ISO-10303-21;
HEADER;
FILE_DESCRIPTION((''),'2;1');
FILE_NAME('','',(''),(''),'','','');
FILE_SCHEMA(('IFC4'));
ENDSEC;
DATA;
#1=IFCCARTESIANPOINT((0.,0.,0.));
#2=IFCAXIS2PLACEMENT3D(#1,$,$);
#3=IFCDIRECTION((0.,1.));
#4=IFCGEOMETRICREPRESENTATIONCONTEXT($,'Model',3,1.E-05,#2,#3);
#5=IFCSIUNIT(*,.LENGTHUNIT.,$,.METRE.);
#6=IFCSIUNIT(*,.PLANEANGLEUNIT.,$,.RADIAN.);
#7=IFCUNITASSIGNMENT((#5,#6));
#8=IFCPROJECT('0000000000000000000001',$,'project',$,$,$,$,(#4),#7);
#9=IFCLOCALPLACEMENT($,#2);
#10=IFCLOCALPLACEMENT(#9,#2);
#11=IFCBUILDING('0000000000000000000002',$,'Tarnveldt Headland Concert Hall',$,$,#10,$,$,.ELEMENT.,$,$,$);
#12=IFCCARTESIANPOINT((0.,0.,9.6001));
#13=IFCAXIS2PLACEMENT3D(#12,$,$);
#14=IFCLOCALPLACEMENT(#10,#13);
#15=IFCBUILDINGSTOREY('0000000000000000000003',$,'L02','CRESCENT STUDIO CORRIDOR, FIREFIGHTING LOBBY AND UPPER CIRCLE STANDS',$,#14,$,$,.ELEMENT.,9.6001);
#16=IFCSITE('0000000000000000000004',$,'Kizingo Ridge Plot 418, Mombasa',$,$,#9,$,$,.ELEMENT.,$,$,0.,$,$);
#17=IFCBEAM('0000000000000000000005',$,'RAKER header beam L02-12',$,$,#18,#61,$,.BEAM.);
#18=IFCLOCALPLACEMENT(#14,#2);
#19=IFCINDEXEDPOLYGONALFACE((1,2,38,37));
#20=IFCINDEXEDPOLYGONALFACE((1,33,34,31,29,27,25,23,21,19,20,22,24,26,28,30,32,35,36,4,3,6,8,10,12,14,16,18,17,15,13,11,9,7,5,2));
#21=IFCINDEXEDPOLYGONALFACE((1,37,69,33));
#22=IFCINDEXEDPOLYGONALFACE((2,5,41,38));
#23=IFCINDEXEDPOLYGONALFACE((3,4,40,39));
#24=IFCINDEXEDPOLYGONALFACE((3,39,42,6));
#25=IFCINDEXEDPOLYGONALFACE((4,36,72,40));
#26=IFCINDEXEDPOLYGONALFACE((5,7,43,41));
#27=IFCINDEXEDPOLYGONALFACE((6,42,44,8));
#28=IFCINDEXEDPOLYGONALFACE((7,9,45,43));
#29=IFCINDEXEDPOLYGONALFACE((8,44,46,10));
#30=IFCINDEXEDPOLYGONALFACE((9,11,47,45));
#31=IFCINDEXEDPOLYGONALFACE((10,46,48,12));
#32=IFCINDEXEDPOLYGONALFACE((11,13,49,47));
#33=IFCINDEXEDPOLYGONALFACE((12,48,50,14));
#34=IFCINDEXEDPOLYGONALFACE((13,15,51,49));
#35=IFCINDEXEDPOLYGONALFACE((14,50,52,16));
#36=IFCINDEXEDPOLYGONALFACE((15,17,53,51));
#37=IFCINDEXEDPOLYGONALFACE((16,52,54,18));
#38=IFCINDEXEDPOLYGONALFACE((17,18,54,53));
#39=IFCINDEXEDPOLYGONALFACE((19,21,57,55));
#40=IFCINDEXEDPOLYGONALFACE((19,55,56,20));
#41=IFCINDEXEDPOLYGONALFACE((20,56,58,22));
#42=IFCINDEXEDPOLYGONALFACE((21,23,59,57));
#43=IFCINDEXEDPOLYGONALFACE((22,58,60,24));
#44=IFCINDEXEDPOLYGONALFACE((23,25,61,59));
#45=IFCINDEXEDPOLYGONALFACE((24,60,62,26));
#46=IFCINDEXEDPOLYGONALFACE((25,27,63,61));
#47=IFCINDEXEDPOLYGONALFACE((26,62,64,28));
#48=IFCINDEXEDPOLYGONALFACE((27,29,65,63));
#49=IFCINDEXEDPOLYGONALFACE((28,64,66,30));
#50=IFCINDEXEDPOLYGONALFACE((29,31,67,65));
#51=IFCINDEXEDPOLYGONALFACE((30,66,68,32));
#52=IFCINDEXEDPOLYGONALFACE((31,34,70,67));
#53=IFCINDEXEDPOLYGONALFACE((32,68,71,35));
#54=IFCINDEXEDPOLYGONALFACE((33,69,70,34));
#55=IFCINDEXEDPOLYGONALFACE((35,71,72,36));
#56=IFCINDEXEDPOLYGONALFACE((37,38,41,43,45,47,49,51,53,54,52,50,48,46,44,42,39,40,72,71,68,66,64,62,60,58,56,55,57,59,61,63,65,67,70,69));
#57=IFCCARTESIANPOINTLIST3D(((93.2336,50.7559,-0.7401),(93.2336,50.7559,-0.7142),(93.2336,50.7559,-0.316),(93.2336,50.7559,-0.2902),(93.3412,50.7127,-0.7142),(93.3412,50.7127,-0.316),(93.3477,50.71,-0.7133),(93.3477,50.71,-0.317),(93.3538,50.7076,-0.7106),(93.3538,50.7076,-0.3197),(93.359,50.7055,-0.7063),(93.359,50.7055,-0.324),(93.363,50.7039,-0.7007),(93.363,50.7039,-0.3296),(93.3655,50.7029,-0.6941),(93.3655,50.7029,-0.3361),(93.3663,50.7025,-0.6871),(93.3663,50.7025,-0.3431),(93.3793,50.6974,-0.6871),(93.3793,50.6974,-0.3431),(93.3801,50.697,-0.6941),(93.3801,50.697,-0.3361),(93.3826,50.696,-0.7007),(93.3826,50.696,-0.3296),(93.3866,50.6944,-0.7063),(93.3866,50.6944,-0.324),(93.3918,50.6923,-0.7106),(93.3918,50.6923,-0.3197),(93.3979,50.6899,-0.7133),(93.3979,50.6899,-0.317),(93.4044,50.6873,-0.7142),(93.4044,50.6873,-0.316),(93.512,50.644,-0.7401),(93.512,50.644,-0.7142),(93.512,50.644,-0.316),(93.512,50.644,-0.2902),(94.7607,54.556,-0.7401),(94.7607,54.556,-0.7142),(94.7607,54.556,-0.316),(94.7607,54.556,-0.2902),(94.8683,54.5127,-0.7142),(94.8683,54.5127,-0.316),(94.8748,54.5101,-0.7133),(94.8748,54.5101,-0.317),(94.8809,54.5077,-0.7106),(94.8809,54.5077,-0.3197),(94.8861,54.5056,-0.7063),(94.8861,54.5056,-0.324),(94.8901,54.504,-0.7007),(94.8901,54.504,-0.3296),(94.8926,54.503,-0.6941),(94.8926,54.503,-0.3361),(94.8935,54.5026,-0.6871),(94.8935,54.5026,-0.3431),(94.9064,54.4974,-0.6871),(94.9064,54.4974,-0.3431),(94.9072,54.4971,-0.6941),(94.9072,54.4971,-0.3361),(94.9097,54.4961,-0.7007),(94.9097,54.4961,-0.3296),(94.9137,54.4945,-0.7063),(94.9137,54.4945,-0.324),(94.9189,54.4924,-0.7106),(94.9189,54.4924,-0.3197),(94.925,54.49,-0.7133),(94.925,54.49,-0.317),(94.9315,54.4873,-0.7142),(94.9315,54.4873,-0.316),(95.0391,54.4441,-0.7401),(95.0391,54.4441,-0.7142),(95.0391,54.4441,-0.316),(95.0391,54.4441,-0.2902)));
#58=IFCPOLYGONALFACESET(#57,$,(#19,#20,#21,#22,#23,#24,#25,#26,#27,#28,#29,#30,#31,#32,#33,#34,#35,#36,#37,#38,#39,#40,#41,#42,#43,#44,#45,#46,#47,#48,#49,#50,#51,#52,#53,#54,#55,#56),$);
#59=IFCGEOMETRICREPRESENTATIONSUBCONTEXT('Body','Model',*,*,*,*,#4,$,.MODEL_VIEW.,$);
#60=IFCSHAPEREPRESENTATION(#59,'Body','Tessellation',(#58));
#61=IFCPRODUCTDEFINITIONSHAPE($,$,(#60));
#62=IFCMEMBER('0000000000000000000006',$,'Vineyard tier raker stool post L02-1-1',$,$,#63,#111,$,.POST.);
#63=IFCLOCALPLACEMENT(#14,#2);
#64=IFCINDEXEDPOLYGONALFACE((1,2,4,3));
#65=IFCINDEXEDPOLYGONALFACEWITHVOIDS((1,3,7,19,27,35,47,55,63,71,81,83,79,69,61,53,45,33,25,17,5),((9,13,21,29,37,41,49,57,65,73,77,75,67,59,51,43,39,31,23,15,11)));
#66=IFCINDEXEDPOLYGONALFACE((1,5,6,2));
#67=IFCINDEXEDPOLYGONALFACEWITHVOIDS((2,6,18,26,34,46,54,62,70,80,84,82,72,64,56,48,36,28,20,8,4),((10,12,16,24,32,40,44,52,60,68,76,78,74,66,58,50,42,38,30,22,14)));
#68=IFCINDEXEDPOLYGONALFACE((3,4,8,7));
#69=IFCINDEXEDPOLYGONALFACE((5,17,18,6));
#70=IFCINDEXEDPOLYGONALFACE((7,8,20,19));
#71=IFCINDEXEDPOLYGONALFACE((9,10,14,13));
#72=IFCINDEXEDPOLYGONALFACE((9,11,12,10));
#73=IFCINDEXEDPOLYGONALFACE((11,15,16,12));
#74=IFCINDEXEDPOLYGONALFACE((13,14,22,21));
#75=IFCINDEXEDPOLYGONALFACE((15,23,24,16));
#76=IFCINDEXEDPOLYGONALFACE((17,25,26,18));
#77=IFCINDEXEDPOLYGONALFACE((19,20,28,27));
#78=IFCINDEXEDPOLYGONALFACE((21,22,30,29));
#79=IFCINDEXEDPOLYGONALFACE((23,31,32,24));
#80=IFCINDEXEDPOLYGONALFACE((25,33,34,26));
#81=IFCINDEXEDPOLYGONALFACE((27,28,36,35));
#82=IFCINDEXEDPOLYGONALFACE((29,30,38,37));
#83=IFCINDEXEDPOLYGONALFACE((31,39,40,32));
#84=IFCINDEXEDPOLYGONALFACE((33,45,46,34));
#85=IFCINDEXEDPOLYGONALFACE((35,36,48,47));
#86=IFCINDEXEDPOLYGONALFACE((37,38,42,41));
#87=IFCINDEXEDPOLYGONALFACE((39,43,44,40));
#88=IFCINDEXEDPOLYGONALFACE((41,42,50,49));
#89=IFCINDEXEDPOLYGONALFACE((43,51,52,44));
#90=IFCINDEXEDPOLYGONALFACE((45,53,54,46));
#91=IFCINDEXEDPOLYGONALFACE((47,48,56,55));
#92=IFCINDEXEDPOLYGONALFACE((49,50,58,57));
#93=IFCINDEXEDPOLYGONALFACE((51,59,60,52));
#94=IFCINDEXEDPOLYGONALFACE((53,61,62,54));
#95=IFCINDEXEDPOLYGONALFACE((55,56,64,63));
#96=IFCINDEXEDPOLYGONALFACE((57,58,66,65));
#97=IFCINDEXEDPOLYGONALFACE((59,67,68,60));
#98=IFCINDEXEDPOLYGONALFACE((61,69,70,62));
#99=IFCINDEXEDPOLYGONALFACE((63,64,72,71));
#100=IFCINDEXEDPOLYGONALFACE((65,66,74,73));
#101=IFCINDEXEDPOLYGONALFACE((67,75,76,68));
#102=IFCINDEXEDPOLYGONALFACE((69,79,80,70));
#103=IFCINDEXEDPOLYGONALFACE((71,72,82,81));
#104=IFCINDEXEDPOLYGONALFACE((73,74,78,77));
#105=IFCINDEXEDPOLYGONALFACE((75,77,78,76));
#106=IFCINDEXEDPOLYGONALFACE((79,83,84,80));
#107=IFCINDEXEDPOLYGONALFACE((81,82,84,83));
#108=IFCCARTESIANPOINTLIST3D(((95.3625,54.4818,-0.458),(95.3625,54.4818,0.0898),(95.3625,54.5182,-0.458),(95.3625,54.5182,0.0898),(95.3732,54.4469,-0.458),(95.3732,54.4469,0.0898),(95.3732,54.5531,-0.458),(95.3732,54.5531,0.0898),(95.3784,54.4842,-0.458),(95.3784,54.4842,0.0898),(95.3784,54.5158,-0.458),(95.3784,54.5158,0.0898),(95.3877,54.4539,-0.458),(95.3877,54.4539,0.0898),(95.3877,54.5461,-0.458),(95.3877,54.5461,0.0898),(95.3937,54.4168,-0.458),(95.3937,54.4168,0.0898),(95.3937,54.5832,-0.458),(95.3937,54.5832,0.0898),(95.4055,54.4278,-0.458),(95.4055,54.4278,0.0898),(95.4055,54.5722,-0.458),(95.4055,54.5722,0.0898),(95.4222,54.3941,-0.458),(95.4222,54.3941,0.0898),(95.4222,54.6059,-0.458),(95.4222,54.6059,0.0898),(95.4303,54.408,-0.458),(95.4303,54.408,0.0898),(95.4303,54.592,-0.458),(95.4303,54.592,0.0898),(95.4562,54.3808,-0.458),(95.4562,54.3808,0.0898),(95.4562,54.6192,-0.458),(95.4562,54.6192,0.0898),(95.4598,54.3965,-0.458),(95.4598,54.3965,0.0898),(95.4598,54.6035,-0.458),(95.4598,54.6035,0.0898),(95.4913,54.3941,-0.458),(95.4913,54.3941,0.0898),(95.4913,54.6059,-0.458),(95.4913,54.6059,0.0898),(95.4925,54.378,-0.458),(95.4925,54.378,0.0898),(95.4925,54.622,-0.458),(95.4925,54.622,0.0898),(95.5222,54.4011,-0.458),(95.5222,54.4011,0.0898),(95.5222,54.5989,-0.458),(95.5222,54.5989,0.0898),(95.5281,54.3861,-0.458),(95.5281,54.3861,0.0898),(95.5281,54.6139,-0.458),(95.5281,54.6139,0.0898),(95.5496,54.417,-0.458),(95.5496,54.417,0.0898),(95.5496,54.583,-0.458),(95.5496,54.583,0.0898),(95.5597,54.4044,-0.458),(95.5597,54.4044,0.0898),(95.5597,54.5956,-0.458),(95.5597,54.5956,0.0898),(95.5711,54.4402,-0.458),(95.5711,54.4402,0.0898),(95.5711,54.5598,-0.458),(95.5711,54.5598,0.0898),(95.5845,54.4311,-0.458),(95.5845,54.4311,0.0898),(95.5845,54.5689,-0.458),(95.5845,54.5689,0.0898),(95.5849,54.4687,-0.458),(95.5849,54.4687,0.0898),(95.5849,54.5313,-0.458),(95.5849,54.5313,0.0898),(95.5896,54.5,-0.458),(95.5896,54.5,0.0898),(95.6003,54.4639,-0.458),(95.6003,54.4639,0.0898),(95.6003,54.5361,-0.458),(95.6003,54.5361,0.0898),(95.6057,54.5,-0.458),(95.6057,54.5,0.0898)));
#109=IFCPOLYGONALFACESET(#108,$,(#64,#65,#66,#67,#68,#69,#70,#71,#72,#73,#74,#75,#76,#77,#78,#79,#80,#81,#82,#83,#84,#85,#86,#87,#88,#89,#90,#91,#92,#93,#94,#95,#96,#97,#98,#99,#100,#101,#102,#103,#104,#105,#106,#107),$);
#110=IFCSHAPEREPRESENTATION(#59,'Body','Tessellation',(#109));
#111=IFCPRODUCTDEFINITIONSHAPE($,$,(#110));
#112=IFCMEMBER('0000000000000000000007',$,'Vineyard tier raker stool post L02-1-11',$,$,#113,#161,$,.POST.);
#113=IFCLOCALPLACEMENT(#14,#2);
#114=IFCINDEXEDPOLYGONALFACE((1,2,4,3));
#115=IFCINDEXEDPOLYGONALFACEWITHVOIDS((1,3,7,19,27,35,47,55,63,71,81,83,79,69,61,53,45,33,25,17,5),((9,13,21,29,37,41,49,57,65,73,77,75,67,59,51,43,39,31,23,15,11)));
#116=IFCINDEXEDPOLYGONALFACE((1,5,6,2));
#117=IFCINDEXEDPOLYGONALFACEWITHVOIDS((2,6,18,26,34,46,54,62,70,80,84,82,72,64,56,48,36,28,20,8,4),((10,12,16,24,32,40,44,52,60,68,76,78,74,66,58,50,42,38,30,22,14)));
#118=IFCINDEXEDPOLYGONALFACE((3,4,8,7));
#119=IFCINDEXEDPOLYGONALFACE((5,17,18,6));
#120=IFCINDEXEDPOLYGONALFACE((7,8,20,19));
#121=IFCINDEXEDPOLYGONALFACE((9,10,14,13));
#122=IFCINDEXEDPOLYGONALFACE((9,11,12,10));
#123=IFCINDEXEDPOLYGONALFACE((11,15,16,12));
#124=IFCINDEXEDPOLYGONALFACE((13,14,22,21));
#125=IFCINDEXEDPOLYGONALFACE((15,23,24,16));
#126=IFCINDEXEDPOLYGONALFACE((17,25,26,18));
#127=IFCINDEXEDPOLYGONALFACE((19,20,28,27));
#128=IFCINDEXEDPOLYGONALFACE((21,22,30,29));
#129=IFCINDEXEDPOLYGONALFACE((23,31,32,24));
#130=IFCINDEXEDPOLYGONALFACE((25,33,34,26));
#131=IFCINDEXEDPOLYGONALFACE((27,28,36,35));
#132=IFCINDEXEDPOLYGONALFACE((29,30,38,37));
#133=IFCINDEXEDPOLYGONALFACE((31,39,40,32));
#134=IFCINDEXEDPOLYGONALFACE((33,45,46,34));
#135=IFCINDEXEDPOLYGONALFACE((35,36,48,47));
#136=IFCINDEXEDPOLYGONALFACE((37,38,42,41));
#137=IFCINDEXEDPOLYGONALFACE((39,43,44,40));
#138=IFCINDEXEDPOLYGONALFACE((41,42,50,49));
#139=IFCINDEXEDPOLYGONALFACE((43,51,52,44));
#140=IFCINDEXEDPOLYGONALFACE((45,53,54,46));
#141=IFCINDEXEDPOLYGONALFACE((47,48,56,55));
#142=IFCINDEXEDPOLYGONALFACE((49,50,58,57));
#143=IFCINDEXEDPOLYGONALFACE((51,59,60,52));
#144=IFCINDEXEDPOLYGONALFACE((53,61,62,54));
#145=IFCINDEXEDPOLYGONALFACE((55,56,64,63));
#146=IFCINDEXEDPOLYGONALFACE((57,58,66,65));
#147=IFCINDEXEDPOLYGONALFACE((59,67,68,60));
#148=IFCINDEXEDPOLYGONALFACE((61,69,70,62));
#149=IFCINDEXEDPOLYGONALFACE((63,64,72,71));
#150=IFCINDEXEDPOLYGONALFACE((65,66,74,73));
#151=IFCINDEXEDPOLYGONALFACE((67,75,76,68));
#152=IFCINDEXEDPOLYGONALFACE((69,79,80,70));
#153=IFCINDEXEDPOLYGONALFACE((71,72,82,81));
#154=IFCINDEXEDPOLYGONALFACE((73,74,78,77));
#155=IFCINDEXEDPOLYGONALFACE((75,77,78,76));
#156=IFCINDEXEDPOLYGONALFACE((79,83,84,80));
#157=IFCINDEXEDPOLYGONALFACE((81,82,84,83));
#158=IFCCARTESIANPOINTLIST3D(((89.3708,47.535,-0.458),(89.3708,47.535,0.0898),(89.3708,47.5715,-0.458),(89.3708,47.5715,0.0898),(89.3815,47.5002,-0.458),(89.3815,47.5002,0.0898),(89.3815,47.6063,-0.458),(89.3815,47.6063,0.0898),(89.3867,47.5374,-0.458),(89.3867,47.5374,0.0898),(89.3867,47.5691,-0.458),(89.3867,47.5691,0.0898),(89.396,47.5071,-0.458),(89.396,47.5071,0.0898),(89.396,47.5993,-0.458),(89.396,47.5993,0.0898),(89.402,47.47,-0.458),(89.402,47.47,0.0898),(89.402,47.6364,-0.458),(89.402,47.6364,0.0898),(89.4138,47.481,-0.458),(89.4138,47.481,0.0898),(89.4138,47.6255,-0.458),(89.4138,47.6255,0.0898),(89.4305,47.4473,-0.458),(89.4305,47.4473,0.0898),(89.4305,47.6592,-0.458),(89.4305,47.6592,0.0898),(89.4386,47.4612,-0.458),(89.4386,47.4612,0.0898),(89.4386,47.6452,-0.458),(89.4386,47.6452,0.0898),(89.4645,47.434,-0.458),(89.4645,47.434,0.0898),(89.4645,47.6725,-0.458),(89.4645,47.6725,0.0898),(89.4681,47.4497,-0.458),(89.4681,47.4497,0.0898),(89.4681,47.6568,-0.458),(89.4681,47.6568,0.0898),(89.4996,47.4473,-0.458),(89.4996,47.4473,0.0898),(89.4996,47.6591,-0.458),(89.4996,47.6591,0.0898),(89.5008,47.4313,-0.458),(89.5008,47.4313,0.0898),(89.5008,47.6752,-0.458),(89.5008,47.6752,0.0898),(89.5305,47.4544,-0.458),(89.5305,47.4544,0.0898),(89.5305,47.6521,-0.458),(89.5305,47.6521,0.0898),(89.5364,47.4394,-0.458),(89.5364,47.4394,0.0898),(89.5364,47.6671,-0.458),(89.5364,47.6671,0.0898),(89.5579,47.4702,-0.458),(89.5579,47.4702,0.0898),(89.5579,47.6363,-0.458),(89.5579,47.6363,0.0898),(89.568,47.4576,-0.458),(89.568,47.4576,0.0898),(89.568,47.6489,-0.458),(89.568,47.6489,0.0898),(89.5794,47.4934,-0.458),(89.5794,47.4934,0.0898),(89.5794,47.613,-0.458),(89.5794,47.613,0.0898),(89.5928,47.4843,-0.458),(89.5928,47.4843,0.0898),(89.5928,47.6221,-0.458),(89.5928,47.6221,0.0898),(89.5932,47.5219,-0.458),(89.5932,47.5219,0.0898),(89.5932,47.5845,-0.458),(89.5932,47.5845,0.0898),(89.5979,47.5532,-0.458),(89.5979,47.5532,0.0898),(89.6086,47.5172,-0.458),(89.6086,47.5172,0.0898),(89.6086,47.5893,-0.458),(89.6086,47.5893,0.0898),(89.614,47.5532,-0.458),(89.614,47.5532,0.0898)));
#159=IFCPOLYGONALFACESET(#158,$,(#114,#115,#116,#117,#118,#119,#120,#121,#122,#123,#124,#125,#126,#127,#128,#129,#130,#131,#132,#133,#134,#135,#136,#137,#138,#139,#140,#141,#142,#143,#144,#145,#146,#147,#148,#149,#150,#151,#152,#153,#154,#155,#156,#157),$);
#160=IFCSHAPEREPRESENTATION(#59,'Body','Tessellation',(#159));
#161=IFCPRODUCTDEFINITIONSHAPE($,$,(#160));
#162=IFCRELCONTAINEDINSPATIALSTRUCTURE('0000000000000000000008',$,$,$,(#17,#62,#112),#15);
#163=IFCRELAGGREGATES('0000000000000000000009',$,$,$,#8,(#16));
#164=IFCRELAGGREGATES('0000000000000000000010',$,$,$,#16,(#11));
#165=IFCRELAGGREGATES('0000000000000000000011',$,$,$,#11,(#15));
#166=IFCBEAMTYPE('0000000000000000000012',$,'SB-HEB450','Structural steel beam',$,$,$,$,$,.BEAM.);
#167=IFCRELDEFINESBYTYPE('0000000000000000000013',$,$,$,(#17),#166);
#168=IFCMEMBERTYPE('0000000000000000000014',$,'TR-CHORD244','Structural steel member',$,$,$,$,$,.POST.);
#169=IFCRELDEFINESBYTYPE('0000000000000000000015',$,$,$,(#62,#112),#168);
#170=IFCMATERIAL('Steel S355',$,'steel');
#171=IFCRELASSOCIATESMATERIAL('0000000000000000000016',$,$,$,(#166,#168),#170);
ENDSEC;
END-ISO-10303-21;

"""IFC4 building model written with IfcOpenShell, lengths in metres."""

from ifc_helpers import new_model, si_unit, direction, frame, origin, origin_2d, place, context, subcontext, project, spatial, hollow_circle, i_section, extrude, material, material_profile, profile_set, type_object, element, save


model = new_model("IFC4")

# Units and contexts
model_context = context("Model", 3, precision=1e-05, world=origin(), true_north=direction((0.0, 1.0)))
body_context = subcontext(model_context, "Body", "Model", "MODEL_VIEW")
ifc_project = project(units=[si_unit("LENGTHUNIT", "METRE"), si_unit("PLANEANGLEUNIT", "RADIAN")], contexts=[model_context])

# Site, building, storey
site_placement = place(None, origin())
site = spatial("IfcSite", under=ifc_project, at=site_placement, Name="Kizingo Ridge Plot 418, Mombasa", CompositionType="ELEMENT", RefElevation=0.0)
building_placement = place(site_placement, origin())
building = spatial("IfcBuilding", under=site, at=building_placement, Name="Tarnveldt Headland Concert Hall", CompositionType="ELEMENT")
storey_placement = place(building_placement, frame((0.0, 0.0, 9.6001)))
storey = spatial("IfcBuildingStorey", under=building, at=storey_placement, Name="L02", Description="CRESCENT STUDIO CORRIDOR, FIREFIGHTING LOBBY AND UPPER CIRCLE STANDS", CompositionType="ELEMENT", Elevation=9.6001)

# Shared definitions
ifc_material_1 = material(Name="Steel S355", Category="steel")

# Beam
ifc_material_profile_1 = material_profile(ifc_material_1, i_section(OverallWidth=0.3, OverallDepth=0.45, WebThickness=0.0139, FlangeThickness=0.0259, FilletRadius=0.0271, at=origin_2d()), Name="HEB450", Category="steel")
ifc_profile_set_1 = profile_set([ifc_material_profile_1], Name="Steel S355")
beam_type = type_object("IfcBeamType", Name="SB-HEB450", Description="Structural steel beam", PredefinedType="BEAM", material=ifc_profile_set_1)
beam_1_placement = place(storey_placement, frame((93.3728, 50.7, -0.5151), z_axis=(0.372881, 0.927879, 0.0), x_axis=(-0.927879, 0.372881, 0.0)))
element("IfcBeam", 1, at=beam_1_placement, inside=storey, type_object=beam_type, Name="RAKER header beam L02-12", PredefinedType="BEAM", context=body_context, shape_type="SweptSolid", body=[
    extrude(i_section(OverallWidth=0.3, OverallDepth=0.45, WebThickness=0.0139, FlangeThickness=0.0259, FilletRadius=0.0271, at=origin_2d()), origin(), (0.0, 0.0, 1.0), 4.0955),
])

# Members
ifc_material_profile_2 = material_profile(ifc_material_1, hollow_circle(Radius=0.1223, WallThickness=0.0161, at=origin_2d()), Name="CHS 244.5x16", Category="steel")
ifc_profile_set_2 = profile_set([ifc_material_profile_2], Name="Steel S355")
member_type = type_object("IfcMemberType", Name="TR-CHORD244", Description="Structural steel member", PredefinedType="POST", material=ifc_profile_set_2)
for number, where, z_axis, x_axis, name in (
    (2, (95.4834, 54.5, -0.458), (0.0, 0.0, 1.0), (1.0, 0.0, 0.0), "Vineyard tier raker stool post L02-1-1"),
    (3, (89.4917, 47.5532, -0.458), (0.0, 0.0, 1.0), (1.0, 0.0, 0.0), "Vineyard tier raker stool post L02-1-11"),
):
    element("IfcMember", number, at=place(storey_placement, frame(where, z_axis=z_axis, x_axis=x_axis)), inside=storey, type_object=member_type, Name=name, PredefinedType="POST", context=body_context, shape_type="SweptSolid", body=[
        extrude(hollow_circle(Radius=0.1223, WallThickness=0.0161, at=origin_2d()), origin(), (0.0, 0.0, 1.0), 0.5479),
    ])

save(model, "model.ifc")
